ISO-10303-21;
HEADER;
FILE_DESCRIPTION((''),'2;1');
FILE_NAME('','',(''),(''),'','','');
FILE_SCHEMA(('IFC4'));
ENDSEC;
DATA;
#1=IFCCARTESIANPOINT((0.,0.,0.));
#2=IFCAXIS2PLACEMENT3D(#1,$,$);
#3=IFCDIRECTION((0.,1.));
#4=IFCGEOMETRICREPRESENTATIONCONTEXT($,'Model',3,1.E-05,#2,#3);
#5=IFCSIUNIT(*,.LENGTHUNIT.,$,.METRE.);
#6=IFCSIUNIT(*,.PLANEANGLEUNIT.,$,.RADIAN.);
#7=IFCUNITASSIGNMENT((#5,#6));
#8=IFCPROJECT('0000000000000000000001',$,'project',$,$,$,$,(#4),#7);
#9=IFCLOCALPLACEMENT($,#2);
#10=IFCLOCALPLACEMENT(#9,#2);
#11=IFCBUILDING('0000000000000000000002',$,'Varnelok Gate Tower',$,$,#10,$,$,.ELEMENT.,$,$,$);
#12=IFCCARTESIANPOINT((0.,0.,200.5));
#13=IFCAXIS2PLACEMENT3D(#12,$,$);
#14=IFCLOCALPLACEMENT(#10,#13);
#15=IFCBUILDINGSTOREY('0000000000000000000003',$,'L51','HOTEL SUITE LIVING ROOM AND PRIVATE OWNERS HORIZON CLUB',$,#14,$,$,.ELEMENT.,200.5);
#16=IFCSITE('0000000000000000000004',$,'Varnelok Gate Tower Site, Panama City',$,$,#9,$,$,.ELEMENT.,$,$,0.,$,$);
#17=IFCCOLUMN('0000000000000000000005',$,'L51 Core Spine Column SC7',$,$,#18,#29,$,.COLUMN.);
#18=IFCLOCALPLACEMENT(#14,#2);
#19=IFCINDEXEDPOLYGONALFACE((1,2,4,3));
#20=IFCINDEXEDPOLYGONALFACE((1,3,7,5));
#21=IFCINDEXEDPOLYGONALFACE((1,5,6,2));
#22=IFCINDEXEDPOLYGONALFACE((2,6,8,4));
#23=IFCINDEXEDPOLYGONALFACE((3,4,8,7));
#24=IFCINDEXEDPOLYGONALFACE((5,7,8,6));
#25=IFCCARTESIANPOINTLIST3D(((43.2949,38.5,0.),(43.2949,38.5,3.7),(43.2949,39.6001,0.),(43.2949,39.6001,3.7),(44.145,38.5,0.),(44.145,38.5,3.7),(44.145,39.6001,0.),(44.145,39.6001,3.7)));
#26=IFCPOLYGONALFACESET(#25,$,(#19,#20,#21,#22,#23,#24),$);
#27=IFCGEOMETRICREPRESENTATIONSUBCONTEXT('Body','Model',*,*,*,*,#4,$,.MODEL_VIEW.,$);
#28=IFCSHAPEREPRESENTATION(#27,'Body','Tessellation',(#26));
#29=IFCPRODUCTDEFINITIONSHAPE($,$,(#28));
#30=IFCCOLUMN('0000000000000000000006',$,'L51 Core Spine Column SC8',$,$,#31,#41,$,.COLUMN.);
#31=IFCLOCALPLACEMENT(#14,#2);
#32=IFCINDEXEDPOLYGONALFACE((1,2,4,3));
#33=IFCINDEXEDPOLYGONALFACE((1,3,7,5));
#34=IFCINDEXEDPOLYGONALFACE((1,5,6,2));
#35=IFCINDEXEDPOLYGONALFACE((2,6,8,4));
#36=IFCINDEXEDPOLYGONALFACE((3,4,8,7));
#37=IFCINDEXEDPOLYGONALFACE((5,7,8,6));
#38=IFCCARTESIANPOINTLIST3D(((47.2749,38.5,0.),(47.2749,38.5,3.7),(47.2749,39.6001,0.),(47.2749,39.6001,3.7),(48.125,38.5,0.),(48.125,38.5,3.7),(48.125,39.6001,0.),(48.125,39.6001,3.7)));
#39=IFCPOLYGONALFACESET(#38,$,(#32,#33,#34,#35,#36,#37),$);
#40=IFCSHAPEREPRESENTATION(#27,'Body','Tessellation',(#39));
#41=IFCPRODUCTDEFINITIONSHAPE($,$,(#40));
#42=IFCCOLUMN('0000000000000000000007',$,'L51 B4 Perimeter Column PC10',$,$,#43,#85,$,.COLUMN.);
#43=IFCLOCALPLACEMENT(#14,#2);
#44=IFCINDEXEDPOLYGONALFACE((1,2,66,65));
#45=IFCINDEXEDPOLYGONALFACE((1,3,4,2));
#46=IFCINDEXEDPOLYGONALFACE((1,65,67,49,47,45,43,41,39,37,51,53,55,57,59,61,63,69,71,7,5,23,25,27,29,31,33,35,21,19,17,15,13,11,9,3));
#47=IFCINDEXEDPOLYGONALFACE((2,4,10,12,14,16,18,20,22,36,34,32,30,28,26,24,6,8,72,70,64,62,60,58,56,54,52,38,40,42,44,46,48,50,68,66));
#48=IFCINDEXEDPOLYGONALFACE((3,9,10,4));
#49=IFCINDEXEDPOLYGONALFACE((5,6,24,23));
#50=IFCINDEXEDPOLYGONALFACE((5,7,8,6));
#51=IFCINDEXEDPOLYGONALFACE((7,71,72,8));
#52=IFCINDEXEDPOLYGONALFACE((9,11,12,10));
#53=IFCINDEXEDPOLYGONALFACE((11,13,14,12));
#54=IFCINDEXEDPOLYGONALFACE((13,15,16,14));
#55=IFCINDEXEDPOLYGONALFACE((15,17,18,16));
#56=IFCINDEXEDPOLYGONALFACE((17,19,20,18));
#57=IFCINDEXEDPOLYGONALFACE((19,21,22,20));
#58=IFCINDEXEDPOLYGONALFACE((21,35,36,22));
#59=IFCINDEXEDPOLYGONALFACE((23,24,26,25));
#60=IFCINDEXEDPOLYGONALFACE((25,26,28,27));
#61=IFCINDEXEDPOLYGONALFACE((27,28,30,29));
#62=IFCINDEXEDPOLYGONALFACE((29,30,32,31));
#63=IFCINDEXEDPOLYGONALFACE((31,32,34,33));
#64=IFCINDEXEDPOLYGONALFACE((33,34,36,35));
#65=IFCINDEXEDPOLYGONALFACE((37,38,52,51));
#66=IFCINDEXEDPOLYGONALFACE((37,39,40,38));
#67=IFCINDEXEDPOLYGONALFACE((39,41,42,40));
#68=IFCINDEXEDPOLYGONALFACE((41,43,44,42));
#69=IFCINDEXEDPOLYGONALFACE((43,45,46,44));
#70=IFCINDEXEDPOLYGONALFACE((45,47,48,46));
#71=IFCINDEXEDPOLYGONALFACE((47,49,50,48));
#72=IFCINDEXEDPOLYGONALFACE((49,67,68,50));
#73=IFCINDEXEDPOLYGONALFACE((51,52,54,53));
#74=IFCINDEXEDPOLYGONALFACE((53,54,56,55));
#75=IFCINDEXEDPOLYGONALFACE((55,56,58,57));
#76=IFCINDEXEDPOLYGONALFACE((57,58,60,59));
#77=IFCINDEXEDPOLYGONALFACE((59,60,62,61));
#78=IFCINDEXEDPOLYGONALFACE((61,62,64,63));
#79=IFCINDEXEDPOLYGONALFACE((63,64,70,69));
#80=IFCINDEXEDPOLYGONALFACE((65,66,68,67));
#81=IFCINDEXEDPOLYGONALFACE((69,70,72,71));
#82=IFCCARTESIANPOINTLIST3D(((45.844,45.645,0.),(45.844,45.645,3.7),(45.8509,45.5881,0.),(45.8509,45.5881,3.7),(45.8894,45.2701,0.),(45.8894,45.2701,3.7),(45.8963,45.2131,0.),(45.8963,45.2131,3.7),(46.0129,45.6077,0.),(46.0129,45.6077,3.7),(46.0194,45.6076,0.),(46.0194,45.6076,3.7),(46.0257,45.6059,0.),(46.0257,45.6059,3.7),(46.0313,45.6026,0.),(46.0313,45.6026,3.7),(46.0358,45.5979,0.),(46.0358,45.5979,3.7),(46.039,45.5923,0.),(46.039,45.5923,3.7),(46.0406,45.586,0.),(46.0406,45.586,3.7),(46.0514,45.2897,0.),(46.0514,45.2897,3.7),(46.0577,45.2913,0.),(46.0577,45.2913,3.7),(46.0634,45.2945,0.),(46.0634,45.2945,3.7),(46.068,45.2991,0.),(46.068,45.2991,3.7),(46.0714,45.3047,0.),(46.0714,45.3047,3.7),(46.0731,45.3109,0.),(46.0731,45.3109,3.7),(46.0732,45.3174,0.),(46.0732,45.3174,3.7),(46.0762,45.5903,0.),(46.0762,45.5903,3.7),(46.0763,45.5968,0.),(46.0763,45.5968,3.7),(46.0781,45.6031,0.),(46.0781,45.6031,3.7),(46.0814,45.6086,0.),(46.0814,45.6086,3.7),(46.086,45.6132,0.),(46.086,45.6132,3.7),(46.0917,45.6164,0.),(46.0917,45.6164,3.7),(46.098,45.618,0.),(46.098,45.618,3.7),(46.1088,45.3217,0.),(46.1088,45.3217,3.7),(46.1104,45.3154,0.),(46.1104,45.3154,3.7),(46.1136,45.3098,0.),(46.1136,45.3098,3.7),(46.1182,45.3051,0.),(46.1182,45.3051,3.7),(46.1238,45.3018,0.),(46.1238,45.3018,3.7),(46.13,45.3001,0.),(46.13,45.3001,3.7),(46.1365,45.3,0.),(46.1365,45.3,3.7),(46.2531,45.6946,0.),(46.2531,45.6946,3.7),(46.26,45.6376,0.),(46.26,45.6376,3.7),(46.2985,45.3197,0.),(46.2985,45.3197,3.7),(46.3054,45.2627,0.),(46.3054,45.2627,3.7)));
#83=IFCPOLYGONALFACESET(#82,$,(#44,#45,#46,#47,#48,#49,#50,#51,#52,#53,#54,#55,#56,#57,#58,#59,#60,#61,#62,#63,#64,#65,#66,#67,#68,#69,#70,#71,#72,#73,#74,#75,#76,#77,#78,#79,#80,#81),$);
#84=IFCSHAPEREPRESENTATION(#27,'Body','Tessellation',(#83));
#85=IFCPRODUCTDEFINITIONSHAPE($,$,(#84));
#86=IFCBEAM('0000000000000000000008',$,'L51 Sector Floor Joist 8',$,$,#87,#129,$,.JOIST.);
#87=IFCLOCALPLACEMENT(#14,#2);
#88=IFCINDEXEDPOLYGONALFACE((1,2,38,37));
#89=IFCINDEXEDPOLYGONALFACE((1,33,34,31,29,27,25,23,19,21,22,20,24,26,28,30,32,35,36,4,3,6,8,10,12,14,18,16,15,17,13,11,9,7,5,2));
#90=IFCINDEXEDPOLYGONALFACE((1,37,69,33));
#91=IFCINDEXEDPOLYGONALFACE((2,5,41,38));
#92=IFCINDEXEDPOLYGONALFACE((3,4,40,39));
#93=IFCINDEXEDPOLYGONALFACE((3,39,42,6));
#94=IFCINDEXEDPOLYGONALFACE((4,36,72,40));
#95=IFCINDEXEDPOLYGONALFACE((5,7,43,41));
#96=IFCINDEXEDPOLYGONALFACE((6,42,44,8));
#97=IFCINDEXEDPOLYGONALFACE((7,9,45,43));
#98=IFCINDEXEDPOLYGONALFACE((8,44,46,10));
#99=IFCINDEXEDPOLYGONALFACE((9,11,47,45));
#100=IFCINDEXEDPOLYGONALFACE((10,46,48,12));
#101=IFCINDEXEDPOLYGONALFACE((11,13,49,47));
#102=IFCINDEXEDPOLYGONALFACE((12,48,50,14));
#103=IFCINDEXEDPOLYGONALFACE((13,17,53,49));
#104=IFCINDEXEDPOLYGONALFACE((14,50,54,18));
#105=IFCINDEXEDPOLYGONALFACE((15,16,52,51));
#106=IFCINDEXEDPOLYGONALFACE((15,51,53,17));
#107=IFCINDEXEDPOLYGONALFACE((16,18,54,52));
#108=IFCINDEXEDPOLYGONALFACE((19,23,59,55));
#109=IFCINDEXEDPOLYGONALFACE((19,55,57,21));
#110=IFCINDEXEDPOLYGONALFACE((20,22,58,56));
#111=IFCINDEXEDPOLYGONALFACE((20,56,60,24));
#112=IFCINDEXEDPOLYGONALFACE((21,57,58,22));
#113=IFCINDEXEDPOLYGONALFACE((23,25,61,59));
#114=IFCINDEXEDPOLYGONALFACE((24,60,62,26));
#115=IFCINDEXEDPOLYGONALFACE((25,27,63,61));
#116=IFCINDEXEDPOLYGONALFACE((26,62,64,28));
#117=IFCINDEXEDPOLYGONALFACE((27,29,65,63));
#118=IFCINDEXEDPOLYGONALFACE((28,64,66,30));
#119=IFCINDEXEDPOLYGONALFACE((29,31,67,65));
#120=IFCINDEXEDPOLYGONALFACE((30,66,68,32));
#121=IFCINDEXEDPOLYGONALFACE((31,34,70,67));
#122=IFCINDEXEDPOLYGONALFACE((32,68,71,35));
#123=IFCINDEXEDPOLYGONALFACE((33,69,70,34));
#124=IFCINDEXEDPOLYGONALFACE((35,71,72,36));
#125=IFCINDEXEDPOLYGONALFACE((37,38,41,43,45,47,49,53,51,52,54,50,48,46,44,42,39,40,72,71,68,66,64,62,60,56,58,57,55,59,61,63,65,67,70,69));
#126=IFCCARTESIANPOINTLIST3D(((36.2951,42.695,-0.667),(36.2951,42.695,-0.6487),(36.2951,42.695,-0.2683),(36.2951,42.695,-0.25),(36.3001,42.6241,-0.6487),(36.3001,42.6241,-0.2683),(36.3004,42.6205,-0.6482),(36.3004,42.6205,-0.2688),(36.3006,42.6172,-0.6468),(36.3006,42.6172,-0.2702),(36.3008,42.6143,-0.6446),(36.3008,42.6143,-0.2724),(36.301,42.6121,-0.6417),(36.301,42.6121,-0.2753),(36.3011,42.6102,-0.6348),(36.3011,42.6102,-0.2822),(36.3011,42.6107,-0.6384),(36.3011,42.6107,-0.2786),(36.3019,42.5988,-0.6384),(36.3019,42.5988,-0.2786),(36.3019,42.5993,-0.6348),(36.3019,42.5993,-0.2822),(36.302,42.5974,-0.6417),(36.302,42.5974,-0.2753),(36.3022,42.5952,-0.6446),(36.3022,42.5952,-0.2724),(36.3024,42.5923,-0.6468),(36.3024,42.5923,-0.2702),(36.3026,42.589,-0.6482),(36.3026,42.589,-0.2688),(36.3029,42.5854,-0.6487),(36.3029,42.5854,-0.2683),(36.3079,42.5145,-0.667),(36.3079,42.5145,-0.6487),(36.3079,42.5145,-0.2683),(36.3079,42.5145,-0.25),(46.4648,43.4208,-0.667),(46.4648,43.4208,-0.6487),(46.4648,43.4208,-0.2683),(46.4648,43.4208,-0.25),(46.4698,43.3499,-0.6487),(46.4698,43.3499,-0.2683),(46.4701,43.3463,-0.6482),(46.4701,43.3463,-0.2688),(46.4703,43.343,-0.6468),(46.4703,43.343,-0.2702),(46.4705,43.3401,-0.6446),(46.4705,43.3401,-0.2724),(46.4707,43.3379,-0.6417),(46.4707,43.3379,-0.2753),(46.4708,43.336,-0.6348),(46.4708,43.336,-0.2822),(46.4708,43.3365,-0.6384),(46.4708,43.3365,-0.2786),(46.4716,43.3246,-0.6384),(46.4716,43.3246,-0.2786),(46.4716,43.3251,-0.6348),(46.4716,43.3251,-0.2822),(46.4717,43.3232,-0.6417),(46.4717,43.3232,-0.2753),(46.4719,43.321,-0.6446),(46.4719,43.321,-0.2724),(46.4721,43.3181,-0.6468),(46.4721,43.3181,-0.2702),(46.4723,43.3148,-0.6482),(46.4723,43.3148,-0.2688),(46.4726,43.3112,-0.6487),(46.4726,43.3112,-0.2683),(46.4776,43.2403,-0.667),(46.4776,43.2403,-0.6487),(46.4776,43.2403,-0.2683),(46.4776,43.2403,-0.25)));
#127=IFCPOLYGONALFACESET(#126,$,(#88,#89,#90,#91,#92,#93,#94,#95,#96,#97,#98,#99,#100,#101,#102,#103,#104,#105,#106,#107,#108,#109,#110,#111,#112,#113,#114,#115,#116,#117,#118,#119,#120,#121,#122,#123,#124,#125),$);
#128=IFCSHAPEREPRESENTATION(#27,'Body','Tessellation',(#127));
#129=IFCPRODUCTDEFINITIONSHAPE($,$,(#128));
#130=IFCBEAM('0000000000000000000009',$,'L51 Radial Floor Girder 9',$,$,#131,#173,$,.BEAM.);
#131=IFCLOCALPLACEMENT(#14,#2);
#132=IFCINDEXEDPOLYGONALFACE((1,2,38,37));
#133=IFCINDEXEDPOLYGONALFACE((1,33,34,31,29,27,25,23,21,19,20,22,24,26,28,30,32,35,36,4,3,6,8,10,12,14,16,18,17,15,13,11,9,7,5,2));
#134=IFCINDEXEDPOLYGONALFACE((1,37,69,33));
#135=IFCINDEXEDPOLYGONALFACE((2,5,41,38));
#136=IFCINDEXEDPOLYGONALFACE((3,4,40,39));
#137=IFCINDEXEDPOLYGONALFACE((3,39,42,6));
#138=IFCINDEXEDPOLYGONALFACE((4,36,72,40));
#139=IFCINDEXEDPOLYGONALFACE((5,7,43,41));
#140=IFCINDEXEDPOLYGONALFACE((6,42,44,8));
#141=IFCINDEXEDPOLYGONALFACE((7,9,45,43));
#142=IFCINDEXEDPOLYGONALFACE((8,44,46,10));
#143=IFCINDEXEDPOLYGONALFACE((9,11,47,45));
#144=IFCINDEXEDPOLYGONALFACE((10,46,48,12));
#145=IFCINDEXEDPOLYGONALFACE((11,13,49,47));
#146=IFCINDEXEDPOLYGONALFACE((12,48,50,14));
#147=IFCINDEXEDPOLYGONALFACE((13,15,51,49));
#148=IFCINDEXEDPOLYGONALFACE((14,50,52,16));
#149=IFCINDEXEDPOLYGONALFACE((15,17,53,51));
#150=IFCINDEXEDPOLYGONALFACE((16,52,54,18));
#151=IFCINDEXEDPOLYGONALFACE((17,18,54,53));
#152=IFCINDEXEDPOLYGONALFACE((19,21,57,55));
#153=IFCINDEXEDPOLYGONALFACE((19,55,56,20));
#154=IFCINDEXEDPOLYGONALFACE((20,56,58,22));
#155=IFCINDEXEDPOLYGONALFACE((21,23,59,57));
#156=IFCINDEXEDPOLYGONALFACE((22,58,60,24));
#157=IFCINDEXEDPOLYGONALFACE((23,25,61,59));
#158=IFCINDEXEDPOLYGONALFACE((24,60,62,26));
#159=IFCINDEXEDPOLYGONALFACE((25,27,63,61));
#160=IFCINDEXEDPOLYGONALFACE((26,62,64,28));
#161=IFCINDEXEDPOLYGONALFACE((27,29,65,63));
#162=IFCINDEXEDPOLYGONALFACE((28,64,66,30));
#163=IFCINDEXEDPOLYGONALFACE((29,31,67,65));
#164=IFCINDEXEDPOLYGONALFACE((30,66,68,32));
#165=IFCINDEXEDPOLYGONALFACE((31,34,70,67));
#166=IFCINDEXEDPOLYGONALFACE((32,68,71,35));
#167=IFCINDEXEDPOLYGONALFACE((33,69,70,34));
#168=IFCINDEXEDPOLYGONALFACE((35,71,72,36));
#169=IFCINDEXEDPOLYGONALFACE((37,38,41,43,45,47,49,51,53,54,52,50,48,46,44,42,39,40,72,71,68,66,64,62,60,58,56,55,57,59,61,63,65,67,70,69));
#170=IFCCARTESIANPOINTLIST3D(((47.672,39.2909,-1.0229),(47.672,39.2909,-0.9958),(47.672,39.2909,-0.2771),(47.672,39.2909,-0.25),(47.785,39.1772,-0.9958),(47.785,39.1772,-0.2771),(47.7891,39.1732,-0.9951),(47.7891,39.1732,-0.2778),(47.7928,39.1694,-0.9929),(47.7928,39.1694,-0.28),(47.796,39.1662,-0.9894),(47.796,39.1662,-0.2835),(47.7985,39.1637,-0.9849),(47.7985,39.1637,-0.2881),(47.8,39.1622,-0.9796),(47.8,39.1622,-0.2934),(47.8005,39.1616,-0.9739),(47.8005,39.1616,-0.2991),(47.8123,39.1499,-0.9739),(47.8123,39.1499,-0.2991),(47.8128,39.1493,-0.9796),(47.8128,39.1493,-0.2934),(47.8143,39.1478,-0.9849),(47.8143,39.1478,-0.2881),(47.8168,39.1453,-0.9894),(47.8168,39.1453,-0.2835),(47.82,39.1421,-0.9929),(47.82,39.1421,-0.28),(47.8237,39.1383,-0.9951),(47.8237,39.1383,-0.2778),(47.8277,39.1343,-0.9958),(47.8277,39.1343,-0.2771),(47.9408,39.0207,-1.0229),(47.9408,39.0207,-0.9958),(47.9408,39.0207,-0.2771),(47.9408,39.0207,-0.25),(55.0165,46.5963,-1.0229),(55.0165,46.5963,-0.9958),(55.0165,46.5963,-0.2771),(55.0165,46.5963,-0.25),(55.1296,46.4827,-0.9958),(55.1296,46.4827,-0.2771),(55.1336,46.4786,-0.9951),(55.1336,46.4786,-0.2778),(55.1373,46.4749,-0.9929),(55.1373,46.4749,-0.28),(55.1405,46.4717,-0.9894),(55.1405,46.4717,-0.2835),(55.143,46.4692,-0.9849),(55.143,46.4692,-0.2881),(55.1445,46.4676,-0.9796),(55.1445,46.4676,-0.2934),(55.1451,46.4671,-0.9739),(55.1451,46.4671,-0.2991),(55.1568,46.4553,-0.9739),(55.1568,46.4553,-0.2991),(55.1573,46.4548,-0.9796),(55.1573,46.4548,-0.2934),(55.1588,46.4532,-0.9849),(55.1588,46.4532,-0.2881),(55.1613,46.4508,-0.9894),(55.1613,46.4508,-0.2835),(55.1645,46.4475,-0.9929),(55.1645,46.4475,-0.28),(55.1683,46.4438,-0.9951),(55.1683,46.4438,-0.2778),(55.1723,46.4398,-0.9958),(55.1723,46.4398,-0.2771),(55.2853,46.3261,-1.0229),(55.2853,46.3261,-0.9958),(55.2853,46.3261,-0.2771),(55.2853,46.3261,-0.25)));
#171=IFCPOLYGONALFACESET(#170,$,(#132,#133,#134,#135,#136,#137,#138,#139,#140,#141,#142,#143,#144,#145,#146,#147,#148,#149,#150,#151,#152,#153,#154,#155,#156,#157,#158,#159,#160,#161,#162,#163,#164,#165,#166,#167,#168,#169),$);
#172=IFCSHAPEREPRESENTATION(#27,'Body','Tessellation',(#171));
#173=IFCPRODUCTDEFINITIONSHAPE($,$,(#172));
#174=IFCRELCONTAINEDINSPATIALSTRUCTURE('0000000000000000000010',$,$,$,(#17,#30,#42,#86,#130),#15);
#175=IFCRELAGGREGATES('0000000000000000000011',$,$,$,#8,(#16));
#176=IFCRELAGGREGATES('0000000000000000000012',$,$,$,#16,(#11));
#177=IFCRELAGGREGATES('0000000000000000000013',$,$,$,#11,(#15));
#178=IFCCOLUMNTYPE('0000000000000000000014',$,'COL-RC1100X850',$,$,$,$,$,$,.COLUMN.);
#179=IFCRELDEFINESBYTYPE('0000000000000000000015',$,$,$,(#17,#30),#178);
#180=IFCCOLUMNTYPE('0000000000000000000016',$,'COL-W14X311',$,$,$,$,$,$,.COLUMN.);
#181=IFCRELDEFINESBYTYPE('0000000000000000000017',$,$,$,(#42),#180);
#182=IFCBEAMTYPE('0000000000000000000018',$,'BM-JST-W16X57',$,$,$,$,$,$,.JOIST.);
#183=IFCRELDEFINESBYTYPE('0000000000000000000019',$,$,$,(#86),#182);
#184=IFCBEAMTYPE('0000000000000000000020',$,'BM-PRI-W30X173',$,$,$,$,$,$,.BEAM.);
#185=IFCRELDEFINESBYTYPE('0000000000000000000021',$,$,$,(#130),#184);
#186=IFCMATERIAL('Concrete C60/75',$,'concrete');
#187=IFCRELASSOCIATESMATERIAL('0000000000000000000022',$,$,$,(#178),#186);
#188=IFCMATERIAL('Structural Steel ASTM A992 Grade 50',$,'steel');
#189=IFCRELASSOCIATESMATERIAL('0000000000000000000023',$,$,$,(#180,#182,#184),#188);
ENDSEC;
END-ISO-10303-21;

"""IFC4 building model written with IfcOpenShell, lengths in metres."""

from ifc_helpers import new_model, si_unit, direction, frame, origin, origin_2d, place, context, subcontext, project, spatial, rectangle, i_section, extrude, material, material_profile, profile_set, type_object, element, save


model = new_model("IFC4")

# Units and contexts
model_context = context("Model", 3, precision=1e-05, world=origin(), true_north=direction((0.0, 1.0)))
body_context = subcontext(model_context, "Body", "Model", "MODEL_VIEW")
ifc_project = project(units=[si_unit("LENGTHUNIT", "METRE"), si_unit("PLANEANGLEUNIT", "RADIAN")], contexts=[model_context])

# Site, building, storey
site_placement = place(None, origin())
site = spatial("IfcSite", under=ifc_project, at=site_placement, Name="Varnelok Gate Tower Site, Panama City", CompositionType="ELEMENT", RefElevation=0.0)
building_placement = place(site_placement, origin())
building = spatial("IfcBuilding", under=site, at=building_placement, Name="Varnelok Gate Tower", CompositionType="ELEMENT")
storey_placement = place(building_placement, frame((0.0, 0.0, 200.5)))
storey = spatial("IfcBuildingStorey", under=building, at=storey_placement, Name="L51", Description="HOTEL SUITE LIVING ROOM AND PRIVATE OWNERS HORIZON CLUB", CompositionType="ELEMENT", Elevation=200.5)

# Columns
ifc_material_1 = material(Name="Concrete C60/75", Category="concrete")
ifc_material_profile_1 = material_profile(ifc_material_1, rectangle(XDim=0.8501, YDim=1.1001, at=origin_2d()), Name="RC1100X850")
ifc_profile_set_1 = profile_set([ifc_material_profile_1], Name="Concrete C60/75")
column_type_1 = type_object("IfcColumnType", Name="COL-RC1100X850", PredefinedType="COLUMN", material=ifc_profile_set_1)
for number, where, z_axis, x_axis, name in (
    (1, (43.72, 39.05, 0.0), (0.0, 0.0, 1.0), (1.0, 0.0, 0.0), "L51 Core Spine Column SC7"),
    (2, (47.7, 39.05, 0.0), (0.0, 0.0, 1.0), (1.0, 0.0, 0.0), "L51 Core Spine Column SC8"),
):
    element("IfcColumn", number, at=place(storey_placement, frame(where, z_axis=z_axis, x_axis=x_axis)), inside=storey, type_object=column_type_1, Name=name, PredefinedType="COLUMN", context=body_context, shape_type="SweptSolid", body=[
        extrude(rectangle(XDim=0.8501, YDim=1.1001, at=origin_2d()), origin(), (0.0, 0.0, 1.0), 3.7),
    ])
ifc_material_2 = material(Name="Structural Steel ASTM A992 Grade 50", Category="steel")
ifc_material_profile_2 = material_profile(ifc_material_2, i_section(OverallWidth=0.4121, OverallDepth=0.4351, WebThickness=0.0359, FlangeThickness=0.0574, FilletRadius=0.0249, at=origin_2d()), Name="W14X311")
ifc_profile_set_2 = profile_set([ifc_material_profile_2], Name="Structural Steel ASTM A992 Grade 50")
column_type_2 = type_object("IfcColumnType", Name="COL-W14X311", PredefinedType="COLUMN", material=ifc_profile_set_2)
column_placement = place(storey_placement, frame((46.0747, 45.4539, 0.0), z_axis=(0.0, 0.0, 1.0), x_axis=(0.992732, 0.120345, 0.0)))
element("IfcColumn", 3, at=column_placement, inside=storey, type_object=column_type_2, Name="L51 B4 Perimeter Column PC10", PredefinedType="COLUMN", context=body_context, shape_type="SweptSolid", body=[
    extrude(i_section(OverallWidth=0.4121, OverallDepth=0.4351, WebThickness=0.0359, FlangeThickness=0.0574, FilletRadius=0.0249, at=origin_2d()), origin(), (0.0, 0.0, 1.0), 3.7),
])

# Beams
ifc_material_profile_3 = material_profile(ifc_material_2, i_section(OverallWidth=0.1809, OverallDepth=0.417, WebThickness=0.011, FlangeThickness=0.0183, FilletRadius=0.0139, at=origin_2d()), Name="W16X57")
ifc_profile_set_3 = profile_set([ifc_material_profile_3], Name="Structural Steel ASTM A992 Grade 50")
beam_type_1 = type_object("IfcBeamType", Name="BM-JST-W16X57", PredefinedType="JOIST", material=ifc_profile_set_3)
beam_1_placement = place(storey_placement, frame((46.4712, 43.3306, -0.4585), z_axis=(-0.997463, -0.071191, 0.0), x_axis=(0.071191, -0.997463, 0.0)))
element("IfcBeam", 4, at=beam_1_placement, inside=storey, type_object=beam_type_1, Name="L51 Sector Floor Joist 8", PredefinedType="JOIST", context=body_context, shape_type="SweptSolid", body=[
    extrude(i_section(OverallWidth=0.1809, OverallDepth=0.417, WebThickness=0.011, FlangeThickness=0.0183, FilletRadius=0.0139, at=origin_2d()), origin(), (0.0, 0.0, 1.0), 10.1956),
])
ifc_material_profile_4 = material_profile(ifc_material_2, i_section(OverallWidth=0.3811, OverallDepth=0.7729, WebThickness=0.0166, FlangeThickness=0.0271, FilletRadius=0.022, at=origin_2d()), Name="W30X173")
ifc_profile_set_4 = profile_set([ifc_material_profile_4], Name="Structural Steel ASTM A992 Grade 50")
beam_type_2 = type_object("IfcBeamType", Name="BM-PRI-W30X173", PredefinedType="BEAM", material=ifc_profile_set_4)
beam_2_placement = place(storey_placement, frame((47.8064, 39.1558, -0.6365), z_axis=(0.70899, 0.705219, 0.0), x_axis=(-0.705219, 0.70899, 0.0)))
element("IfcBeam", 5, at=beam_2_placement, inside=storey, type_object=beam_type_2, Name="L51 Radial Floor Girder 9", PredefinedType="BEAM", context=body_context, shape_type="SweptSolid", body=[
    extrude(i_section(OverallWidth=0.3811, OverallDepth=0.7729, WebThickness=0.0166, FlangeThickness=0.0271, FilletRadius=0.022, at=origin_2d()), origin(), (0.0, 0.0, 1.0), 10.3591),
])

save(model, "model.ifc")
